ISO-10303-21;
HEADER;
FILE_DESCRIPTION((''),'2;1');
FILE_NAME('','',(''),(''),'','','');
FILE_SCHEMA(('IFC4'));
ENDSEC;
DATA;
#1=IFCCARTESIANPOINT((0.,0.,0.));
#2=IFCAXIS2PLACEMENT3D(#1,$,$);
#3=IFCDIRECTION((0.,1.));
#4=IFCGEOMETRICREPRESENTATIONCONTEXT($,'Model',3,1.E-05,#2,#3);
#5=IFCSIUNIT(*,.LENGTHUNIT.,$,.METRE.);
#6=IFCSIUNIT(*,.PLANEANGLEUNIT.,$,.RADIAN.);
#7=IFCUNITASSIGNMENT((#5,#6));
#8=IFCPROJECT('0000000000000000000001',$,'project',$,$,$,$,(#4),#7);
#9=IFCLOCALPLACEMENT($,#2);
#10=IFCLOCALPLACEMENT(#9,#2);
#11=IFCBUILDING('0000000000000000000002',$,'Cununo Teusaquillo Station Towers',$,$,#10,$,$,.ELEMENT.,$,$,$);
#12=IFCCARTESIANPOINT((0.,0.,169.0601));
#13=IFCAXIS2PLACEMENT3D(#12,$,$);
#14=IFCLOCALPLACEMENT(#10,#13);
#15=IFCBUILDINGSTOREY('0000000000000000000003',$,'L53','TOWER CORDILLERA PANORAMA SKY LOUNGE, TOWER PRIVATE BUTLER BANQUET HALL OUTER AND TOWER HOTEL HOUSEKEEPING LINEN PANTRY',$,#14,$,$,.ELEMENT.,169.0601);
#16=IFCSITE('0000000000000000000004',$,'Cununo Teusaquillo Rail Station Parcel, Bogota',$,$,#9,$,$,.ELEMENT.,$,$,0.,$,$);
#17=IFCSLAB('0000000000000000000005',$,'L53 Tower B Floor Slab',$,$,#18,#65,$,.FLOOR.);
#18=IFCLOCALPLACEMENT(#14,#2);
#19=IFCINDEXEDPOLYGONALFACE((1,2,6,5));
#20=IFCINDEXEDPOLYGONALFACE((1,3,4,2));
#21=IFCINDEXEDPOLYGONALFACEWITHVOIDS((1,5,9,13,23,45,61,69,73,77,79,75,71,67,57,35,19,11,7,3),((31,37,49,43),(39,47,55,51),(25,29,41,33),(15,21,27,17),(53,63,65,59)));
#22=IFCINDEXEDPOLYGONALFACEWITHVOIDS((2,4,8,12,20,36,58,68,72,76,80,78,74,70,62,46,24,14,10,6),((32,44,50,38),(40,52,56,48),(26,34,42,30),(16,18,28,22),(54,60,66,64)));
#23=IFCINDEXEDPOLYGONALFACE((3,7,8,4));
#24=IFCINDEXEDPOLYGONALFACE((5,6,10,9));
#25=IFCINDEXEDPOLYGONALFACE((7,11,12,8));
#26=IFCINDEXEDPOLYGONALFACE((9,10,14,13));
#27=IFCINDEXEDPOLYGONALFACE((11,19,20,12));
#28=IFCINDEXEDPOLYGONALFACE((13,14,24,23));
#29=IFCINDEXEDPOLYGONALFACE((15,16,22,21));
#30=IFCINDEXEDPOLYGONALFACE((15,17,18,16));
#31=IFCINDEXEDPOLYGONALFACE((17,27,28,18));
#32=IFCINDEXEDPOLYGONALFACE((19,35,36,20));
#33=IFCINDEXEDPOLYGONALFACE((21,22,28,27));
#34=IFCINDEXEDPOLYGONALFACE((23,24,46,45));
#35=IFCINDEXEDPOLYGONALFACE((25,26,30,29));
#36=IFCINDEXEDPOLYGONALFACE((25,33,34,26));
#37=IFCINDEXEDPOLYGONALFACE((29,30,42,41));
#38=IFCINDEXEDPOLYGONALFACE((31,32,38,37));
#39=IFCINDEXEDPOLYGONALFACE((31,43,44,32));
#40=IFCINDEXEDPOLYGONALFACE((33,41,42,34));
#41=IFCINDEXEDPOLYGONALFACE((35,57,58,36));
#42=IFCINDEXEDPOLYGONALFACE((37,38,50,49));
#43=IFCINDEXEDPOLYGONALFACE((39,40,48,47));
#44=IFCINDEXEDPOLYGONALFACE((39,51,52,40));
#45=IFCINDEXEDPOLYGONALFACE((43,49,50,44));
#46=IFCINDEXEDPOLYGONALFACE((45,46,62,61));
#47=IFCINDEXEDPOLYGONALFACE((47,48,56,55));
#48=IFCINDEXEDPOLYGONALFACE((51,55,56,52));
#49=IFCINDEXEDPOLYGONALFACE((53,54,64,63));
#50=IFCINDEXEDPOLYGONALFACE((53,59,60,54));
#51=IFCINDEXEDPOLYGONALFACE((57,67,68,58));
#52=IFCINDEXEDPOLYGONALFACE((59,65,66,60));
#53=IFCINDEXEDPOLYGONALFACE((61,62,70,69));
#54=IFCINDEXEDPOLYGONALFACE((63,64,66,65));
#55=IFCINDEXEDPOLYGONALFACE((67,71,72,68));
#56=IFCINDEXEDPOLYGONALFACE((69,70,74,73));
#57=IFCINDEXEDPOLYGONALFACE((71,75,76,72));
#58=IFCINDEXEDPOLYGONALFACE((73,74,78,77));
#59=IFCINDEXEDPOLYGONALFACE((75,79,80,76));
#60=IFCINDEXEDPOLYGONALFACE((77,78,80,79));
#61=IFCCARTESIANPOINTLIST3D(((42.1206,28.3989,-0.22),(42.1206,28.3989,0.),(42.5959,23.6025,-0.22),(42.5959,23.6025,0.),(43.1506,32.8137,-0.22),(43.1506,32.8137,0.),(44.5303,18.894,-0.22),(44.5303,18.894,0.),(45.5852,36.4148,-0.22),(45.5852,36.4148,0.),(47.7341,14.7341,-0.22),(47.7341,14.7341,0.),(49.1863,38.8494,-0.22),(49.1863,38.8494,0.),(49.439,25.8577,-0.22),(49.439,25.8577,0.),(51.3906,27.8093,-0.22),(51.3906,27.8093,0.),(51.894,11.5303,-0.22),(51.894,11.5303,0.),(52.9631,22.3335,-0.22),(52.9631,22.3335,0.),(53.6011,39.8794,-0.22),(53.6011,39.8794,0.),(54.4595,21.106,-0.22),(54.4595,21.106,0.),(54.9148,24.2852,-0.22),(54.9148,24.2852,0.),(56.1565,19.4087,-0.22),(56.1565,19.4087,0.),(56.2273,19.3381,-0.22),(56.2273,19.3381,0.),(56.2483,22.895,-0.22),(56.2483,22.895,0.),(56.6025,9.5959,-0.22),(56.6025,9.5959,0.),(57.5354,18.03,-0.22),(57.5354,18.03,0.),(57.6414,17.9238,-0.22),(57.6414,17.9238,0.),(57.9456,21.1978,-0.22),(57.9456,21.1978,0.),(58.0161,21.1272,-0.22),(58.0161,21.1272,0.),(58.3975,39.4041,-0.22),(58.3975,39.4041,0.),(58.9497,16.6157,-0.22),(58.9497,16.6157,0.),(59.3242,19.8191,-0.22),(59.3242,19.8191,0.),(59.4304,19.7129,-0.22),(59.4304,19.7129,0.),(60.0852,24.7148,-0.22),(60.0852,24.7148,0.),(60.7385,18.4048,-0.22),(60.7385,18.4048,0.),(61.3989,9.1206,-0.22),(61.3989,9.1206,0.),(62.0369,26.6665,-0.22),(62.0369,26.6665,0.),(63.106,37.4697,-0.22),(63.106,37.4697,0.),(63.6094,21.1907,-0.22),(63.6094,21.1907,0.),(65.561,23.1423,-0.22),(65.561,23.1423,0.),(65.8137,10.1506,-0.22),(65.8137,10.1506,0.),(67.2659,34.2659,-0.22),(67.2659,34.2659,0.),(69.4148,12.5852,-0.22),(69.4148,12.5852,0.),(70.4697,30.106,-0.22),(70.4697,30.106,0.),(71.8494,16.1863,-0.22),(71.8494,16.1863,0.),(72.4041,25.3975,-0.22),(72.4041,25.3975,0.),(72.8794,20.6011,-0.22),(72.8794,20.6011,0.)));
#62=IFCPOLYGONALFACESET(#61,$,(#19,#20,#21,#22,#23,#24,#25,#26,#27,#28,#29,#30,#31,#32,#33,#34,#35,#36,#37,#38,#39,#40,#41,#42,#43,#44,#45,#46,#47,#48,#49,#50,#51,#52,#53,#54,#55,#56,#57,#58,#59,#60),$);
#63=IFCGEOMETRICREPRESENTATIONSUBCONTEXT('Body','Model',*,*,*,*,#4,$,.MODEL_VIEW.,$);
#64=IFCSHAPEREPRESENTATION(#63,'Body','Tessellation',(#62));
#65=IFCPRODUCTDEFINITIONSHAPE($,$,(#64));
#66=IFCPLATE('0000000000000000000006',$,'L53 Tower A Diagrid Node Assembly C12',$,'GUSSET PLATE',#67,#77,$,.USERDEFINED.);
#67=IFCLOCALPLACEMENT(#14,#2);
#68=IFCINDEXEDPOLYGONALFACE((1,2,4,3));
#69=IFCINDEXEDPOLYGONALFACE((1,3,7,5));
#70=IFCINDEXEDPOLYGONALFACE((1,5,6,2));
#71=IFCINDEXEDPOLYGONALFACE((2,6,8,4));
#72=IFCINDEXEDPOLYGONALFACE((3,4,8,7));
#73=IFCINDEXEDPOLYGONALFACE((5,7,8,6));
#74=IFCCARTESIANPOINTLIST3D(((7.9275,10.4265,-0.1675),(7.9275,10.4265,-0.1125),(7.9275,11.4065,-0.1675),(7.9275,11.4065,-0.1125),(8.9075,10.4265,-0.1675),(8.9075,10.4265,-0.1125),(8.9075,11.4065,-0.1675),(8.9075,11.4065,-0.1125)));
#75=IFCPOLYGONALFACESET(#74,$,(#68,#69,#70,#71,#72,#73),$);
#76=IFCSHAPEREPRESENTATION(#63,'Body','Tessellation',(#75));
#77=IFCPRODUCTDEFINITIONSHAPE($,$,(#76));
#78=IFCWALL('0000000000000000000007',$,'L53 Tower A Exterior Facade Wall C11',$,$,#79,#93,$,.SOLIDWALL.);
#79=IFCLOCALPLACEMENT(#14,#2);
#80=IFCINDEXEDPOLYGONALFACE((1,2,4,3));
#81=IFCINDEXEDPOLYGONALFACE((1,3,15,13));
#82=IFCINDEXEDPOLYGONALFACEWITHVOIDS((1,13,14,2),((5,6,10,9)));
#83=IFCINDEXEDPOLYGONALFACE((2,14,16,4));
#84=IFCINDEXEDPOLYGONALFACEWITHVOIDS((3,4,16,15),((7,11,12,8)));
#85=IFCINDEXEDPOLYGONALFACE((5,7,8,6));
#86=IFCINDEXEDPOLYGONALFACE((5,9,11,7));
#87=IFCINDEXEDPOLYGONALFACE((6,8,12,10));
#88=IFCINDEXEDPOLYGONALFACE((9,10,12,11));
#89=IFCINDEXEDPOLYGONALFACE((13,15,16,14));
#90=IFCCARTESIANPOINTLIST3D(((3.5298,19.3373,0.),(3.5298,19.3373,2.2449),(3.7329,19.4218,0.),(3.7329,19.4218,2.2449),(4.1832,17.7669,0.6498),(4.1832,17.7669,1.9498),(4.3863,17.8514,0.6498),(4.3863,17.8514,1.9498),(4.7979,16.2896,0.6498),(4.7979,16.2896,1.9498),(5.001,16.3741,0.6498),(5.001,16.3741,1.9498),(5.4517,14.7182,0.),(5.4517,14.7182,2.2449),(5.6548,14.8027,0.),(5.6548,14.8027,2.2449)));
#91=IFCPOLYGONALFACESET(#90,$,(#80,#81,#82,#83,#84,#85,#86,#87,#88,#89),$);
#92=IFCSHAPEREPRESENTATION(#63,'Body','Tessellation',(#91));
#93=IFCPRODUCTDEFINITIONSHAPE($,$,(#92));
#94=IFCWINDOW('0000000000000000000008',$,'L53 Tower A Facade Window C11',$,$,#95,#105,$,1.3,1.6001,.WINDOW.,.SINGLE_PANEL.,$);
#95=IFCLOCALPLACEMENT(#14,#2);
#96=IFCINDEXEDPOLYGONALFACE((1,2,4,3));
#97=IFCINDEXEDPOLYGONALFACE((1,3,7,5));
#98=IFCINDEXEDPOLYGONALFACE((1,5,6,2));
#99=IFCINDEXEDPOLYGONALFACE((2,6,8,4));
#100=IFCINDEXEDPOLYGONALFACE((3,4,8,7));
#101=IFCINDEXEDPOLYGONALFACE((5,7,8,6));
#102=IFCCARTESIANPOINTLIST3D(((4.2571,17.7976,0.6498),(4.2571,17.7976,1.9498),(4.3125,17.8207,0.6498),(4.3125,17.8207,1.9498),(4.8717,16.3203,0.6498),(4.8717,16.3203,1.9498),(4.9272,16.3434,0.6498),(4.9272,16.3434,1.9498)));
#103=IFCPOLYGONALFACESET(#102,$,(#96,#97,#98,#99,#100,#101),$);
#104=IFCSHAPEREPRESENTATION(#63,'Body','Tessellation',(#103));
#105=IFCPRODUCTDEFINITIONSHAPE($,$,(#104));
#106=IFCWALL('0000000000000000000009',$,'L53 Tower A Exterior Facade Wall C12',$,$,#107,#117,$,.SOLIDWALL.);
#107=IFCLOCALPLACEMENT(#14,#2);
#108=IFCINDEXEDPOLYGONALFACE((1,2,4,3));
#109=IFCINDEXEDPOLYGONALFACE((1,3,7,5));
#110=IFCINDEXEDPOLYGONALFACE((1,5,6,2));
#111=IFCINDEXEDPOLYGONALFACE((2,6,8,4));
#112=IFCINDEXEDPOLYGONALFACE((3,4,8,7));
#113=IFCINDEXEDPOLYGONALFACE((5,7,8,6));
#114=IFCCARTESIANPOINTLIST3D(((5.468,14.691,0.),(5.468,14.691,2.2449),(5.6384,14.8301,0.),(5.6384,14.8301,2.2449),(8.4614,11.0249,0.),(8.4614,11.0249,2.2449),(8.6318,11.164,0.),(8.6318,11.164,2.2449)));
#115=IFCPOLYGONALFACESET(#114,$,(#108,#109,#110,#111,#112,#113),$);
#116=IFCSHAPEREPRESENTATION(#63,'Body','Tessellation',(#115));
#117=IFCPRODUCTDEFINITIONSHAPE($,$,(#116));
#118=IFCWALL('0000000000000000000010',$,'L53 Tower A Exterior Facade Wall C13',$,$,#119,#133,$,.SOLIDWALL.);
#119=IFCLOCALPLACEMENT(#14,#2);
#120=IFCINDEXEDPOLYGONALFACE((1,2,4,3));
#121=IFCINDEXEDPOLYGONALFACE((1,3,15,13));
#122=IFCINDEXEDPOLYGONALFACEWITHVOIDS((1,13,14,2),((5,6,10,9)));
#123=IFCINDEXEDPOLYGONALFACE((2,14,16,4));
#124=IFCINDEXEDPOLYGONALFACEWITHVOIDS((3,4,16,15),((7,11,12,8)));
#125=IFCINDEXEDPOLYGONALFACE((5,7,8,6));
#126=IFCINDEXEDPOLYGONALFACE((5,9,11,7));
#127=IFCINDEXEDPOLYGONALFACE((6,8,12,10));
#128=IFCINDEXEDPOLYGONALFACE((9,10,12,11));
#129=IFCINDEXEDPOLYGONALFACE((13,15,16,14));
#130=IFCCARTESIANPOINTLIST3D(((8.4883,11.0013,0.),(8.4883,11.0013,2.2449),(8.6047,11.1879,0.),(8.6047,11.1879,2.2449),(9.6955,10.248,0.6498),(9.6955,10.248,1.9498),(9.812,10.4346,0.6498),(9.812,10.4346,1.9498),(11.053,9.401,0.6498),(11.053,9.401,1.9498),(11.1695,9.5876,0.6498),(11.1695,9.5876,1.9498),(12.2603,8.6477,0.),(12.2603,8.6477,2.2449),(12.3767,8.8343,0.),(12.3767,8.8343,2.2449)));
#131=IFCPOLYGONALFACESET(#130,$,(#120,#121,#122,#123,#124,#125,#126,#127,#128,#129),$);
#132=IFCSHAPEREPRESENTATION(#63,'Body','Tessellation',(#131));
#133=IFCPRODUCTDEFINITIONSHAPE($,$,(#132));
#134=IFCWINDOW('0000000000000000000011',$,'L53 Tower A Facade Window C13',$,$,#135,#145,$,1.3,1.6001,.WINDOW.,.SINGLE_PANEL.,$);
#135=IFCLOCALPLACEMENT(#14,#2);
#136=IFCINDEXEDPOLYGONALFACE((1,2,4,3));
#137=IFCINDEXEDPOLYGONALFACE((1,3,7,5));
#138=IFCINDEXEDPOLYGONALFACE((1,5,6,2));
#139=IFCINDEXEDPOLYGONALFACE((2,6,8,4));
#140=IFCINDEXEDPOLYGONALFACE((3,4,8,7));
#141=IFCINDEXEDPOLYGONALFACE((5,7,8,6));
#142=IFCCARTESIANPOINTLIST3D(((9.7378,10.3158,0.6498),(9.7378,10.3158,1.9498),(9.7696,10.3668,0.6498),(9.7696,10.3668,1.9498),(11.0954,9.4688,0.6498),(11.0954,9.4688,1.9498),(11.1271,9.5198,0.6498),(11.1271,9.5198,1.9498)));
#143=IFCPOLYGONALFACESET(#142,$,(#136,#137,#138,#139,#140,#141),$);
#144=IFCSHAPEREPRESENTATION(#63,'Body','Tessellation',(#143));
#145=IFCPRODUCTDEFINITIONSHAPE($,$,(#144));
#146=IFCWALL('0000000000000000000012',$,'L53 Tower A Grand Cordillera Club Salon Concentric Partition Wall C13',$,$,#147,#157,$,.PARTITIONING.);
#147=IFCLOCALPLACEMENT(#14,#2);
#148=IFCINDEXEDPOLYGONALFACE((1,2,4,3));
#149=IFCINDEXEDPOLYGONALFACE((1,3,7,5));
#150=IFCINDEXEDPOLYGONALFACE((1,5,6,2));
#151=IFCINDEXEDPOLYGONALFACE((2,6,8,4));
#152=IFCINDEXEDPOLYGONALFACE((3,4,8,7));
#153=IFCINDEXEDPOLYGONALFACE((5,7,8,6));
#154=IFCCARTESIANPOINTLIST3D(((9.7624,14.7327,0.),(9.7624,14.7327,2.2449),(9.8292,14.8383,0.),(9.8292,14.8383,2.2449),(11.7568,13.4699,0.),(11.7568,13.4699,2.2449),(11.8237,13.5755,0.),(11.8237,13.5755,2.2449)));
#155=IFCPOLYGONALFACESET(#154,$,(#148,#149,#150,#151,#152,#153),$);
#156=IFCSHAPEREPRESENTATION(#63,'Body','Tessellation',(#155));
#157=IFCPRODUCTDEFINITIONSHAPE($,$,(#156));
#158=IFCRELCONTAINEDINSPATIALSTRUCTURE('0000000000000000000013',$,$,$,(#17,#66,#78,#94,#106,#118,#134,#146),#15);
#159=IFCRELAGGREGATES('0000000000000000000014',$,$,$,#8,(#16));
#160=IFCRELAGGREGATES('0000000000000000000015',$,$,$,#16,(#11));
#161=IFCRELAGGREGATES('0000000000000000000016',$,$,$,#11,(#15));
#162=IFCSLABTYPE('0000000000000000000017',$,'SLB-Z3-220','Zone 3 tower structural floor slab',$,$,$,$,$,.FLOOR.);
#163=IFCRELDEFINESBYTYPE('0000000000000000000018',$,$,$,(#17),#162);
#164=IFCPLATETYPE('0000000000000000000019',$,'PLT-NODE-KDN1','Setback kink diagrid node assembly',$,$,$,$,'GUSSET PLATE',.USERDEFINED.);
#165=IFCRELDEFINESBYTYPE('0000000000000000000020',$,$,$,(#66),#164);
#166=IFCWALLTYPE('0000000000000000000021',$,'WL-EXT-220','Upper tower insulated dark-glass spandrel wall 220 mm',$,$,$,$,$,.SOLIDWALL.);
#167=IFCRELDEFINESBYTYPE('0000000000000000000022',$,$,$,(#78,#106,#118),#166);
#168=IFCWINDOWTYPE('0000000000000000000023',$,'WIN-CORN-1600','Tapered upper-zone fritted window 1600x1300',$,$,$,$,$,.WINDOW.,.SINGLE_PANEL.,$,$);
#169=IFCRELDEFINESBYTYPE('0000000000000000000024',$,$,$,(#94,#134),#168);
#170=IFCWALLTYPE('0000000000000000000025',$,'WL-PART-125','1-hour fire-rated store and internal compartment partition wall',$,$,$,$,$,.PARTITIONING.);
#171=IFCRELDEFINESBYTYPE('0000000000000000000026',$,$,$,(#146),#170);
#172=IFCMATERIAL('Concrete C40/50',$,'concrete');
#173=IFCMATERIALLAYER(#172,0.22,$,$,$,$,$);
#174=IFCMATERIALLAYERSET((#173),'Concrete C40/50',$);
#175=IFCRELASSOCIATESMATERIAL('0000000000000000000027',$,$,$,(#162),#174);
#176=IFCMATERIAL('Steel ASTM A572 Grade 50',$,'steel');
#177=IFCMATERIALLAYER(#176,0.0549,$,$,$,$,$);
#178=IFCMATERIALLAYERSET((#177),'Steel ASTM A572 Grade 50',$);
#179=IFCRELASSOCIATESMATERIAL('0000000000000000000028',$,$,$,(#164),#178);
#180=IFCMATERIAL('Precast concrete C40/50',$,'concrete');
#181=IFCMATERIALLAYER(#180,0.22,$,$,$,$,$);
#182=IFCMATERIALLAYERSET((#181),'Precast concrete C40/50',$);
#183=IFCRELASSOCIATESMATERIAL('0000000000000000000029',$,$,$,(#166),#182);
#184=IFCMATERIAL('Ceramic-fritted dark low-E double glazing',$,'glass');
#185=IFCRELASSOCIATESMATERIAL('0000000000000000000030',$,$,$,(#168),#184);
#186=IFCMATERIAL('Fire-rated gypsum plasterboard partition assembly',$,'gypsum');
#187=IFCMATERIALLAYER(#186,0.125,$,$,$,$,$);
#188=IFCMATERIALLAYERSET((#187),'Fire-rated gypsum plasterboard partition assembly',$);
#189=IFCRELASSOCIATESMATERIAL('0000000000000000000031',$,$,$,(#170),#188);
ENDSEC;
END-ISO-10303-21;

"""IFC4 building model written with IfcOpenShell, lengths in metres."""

from ifc_helpers import new_model, si_unit, direction, frame, frame_2d, origin, origin_2d, place, context, subcontext, project, spatial, polyline, rectangle, outline, extrude, source, transform, mapped, material, layer, layer_set, type_object, element, fill, save


model = new_model("IFC4")

# Units and contexts
model_context = context("Model", 3, precision=1e-05, world=origin(), true_north=direction((0.0, 1.0)))
body_context = subcontext(model_context, "Body", "Model", "MODEL_VIEW")
ifc_project = project(units=[si_unit("LENGTHUNIT", "METRE"), si_unit("PLANEANGLEUNIT", "RADIAN")], contexts=[model_context])

# Site, building, storey
site_placement = place(None, origin())
site = spatial("IfcSite", under=ifc_project, at=site_placement, Name="Cununo Teusaquillo Rail Station Parcel, Bogota", CompositionType="ELEMENT", RefElevation=0.0)
building_placement = place(site_placement, origin())
building = spatial("IfcBuilding", under=site, at=building_placement, Name="Cununo Teusaquillo Station Towers", CompositionType="ELEMENT")
storey_placement = place(building_placement, frame((0.0, 0.0, 169.0601)))
storey = spatial("IfcBuildingStorey", under=building, at=storey_placement, Name="L53", Description="TOWER CORDILLERA PANORAMA SKY LOUNGE, TOWER PRIVATE BUTLER BANQUET HALL OUTER AND TOWER HOTEL HOUSEKEEPING LINEN PANTRY", CompositionType="ELEMENT", Elevation=169.0601)

# Slab
ifc_material_1 = material(Name="Concrete C40/50", Category="concrete")
ifc_layer_1 = layer(ifc_material_1, 0.22)
ifc_layer_set_1 = layer_set([ifc_layer_1], Name="Concrete C40/50")
slab_type_1 = type_object("IfcSlabType", Name="SLB-Z3-220", Description="Zone 3 tower structural floor slab", PredefinedType="FLOOR", material=ifc_layer_set_1)
slab_1_placement = place(storey_placement, frame((0.0, 0.0, -0.22)))
element("IfcSlab", 1, at=slab_1_placement, inside=storey, type_object=slab_type_1, Name="L53 Tower B Floor Slab", PredefinedType="FLOOR", context=body_context, shape_type="SweptSolid", body=[
    extrude(outline(polyline([(67.2659, 34.2659), (63.106, 37.4697), (58.3975, 39.4041), (53.6011, 39.8794), (49.1863, 38.8494), (45.5852, 36.4148), (43.1506, 32.8137), (42.1206, 28.3989), (42.5959, 23.6025), (44.5303, 18.894), (47.7341, 14.7341), (51.894, 11.5303), (56.6025, 9.5959), (61.3989, 9.1206), (65.8137, 10.1506), (69.4148, 12.5852), (71.8494, 16.1863), (72.8794, 20.6011), (72.4041, 25.3975), (70.4697, 30.106), (67.2659, 34.2659)]), holes=[polyline([(54.9148, 24.2852), (51.3906, 27.8093), (49.439, 25.8577), (52.9631, 22.3335), (54.9148, 24.2852)]), polyline([(60.0852, 24.7148), (63.6094, 21.1907), (65.561, 23.1423), (62.0369, 26.6665), (60.0852, 24.7148)]), polyline([(56.1565, 19.4087), (57.9456, 21.1978), (56.2483, 22.895), (54.4595, 21.106), (56.1565, 19.4087)]), polyline([(58.9497, 16.6157), (60.7385, 18.4048), (59.4304, 19.7129), (57.6414, 17.9238), (58.9497, 16.6157)]), polyline([(57.5354, 18.03), (59.3242, 19.8191), (58.0161, 21.1272), (56.2273, 19.3381), (57.5354, 18.03)])]), origin(), (0.0, 0.0, 1.0), 0.22),
])

# Plate
ifc_material_2 = material(Name="Steel ASTM A572 Grade 50", Category="steel")
ifc_layer_2 = layer(ifc_material_2, 0.0549)
ifc_layer_set_2 = layer_set([ifc_layer_2], Name="Steel ASTM A572 Grade 50")
plate_type = type_object("IfcPlateType", Name="PLT-NODE-KDN1", Description="Setback kink diagrid node assembly", ElementType="GUSSET PLATE", PredefinedType="USERDEFINED", material=ifc_layer_set_2)
shared_shape_1 = source(origin(), body_context, "Body", "SweptSolid", [
    extrude(rectangle(XDim=0.98, YDim=0.98, at=origin_2d()), origin(), (0.0, 0.0, 1.0), 0.0549),
])
plate_placement = place(storey_placement, frame((8.4175, 10.9165, -0.1675), z_axis=(0.0, 0.0, 1.0), x_axis=(1.0, 0.0, 0.0)))
element("IfcPlate", 2, at=plate_placement, inside=storey, type_object=plate_type, Name="L53 Tower A Diagrid Node Assembly C12", ObjectType="GUSSET PLATE", PredefinedType="USERDEFINED", context=body_context, shape_type="MappedRepresentation", body=[
    mapped(shared_shape_1, transform((0.0, 0.0, 0.0), x_axis=(1.0, 0.0, 0.0), y_axis=(0.0, 1.0, 0.0), z_axis=(0.0, 0.0, 1.0), scale=1.0)),
])

# Wall, opening, window
ifc_material_3 = material(Name="Precast concrete C40/50", Category="concrete")
ifc_layer_3 = layer(ifc_material_3, 0.22)
ifc_layer_set_3 = layer_set([ifc_layer_3], Name="Precast concrete C40/50")
wall_type_1 = type_object("IfcWallType", Name="WL-EXT-220", Description="Upper tower insulated dark-glass spandrel wall 220 mm", PredefinedType="SOLIDWALL", material=ifc_layer_set_3)
wall_1_placement = place(storey_placement, frame((5.5532, 14.7605, 0.0), z_axis=(0.0, 0.0, 1.0), x_axis=(-0.384144, 0.923273, 0.0)))
wall_1 = element("IfcWall", 3, at=wall_1_placement, inside=storey, type_object=wall_type_1, Name="L53 Tower A Exterior Facade Wall C11", PredefinedType="SOLIDWALL", context=body_context, shape_type="SweptSolid", body=[
    extrude(rectangle(XDim=5.0029, YDim=0.22, at=frame_2d((2.5015, 0.0))), origin(), (0.0, 0.0, 1.0), 2.2449),
])
shared_shape_2 = source(origin(), body_context, "Body", "SweptSolid", [
    extrude(rectangle(XDim=1.6001, YDim=1.3, at=frame_2d((0.8, 0.6499))), frame((0.0, 0.1199, 0.0), z_axis=(0.0, -1.0, 0.0), x_axis=(1.0, 0.0, 0.0)), (0.0, 0.0, 1.0), 0.24),
])
opening_1_placement = place(wall_1_placement, frame((1.7019, 0.0, 0.6499)))
opening_1 = element("IfcOpeningElement", 4, at=opening_1_placement, cuts=wall_1, PredefinedType="OPENING", context=body_context, shape_type="MappedRepresentation", body=[
    mapped(shared_shape_2, transform((0.0, 0.0, 0.0), x_axis=(1.0, 0.0, 0.0), y_axis=(0.0, 1.0, 0.0), z_axis=(0.0, 0.0, 1.0), scale=1.0)),
])
ifc_material_4 = material(Name="Ceramic-fritted dark low-E double glazing", Category="glass")
window_type = type_object("IfcWindowType", Name="WIN-CORN-1600", Description="Tapered upper-zone fritted window 1600x1300", PartitioningType="SINGLE_PANEL", PredefinedType="WINDOW", material=ifc_material_4)
shared_shape_3 = source(origin(), body_context, "Body", "SweptSolid", [
    extrude(rectangle(XDim=1.6001, YDim=1.3, at=frame_2d((0.8, 0.6499))), frame((0.0, 0.03, 0.0), z_axis=(0.0, -1.0, 0.0), x_axis=(1.0, 0.0, 0.0)), (0.0, 0.0, 1.0), 0.0601),
])
window_1_placement = place(opening_1_placement, origin())
window_1 = element("IfcWindow", 5, at=window_1_placement, inside=storey, type_object=window_type, Name="L53 Tower A Facade Window C11", OverallHeight=1.3, OverallWidth=1.6001, PartitioningType="SINGLE_PANEL", PredefinedType="WINDOW", context=body_context, shape_type="MappedRepresentation", body=[
    mapped(shared_shape_3, transform((0.0, 0.0, 0.0), x_axis=(1.0, 0.0, 0.0), y_axis=(0.0, 1.0, 0.0), z_axis=(0.0, 0.0, 1.0), scale=1.0)),
])
fill(opening_1, window_1)

# Wall
wall_2_placement = place(storey_placement, frame((8.5466, 11.0945, 0.0), z_axis=(0.0, 0.0, 1.0), x_axis=(-0.632471, 0.774584, 0.0)))
element("IfcWall", 6, at=wall_2_placement, inside=storey, type_object=wall_type_1, Name="L53 Tower A Exterior Facade Wall C12", PredefinedType="SOLIDWALL", context=body_context, shape_type="SweptSolid", body=[
    extrude(rectangle(XDim=4.7329, YDim=0.22, at=frame_2d((2.3665, 0.0))), origin(), (0.0, 0.0, 1.0), 2.2449),
])

# Wall, opening, window
wall_3_placement = place(storey_placement, frame((12.3186, 8.741, 0.0), z_axis=(0.0, 0.0, 1.0), x_axis=(-0.848399, 0.529357, 0.0)))
wall_3 = element("IfcWall", 7, at=wall_3_placement, inside=storey, type_object=wall_type_1, Name="L53 Tower A Exterior Facade Wall C13", PredefinedType="SOLIDWALL", context=body_context, shape_type="SweptSolid", body=[
    extrude(rectangle(XDim=4.446, YDim=0.22, at=frame_2d((2.2231, 0.0))), origin(), (0.0, 0.0, 1.0), 2.2449),
])
opening_2_placement = place(wall_3_placement, frame((1.4231, 0.0, 0.6499)))
opening_2 = element("IfcOpeningElement", 8, at=opening_2_placement, cuts=wall_3, PredefinedType="OPENING", context=body_context, shape_type="MappedRepresentation", body=[
    mapped(shared_shape_2, transform((0.0, 0.0, 0.0), x_axis=(1.0, 0.0, 0.0), y_axis=(0.0, 1.0, 0.0), z_axis=(0.0, 0.0, 1.0), scale=1.0)),
])
window_2_placement = place(opening_2_placement, origin())
window_2 = element("IfcWindow", 9, at=window_2_placement, inside=storey, type_object=window_type, Name="L53 Tower A Facade Window C13", OverallHeight=1.3, OverallWidth=1.6001, PartitioningType="SINGLE_PANEL", PredefinedType="WINDOW", context=body_context, shape_type="MappedRepresentation", body=[
    mapped(shared_shape_3, transform((0.0, 0.0, 0.0), x_axis=(1.0, 0.0, 0.0), y_axis=(0.0, 1.0, 0.0), z_axis=(0.0, 0.0, 1.0), scale=1.0)),
])
fill(opening_2, window_2)

# Wall
ifc_material_5 = material(Name="Fire-rated gypsum plasterboard partition assembly", Category="gypsum")
ifc_layer_4 = layer(ifc_material_5, 0.125)
ifc_layer_set_4 = layer_set([ifc_layer_4], Name="Fire-rated gypsum plasterboard partition assembly")
wall_type_2 = type_object("IfcWallType", Name="WL-PART-125", Description="1-hour fire-rated store and internal compartment partition wall", PredefinedType="PARTITIONING", material=ifc_layer_set_4)
wall_4_placement = place(storey_placement, frame((9.7959, 14.7854, 0.0), z_axis=(0.0, 0.0, 1.0), x_axis=(0.844899, -0.534927, 0.0)))
element("IfcWall", 10, at=wall_4_placement, inside=storey, type_object=wall_type_2, Name="L53 Tower A Grand Cordillera Club Salon Concentric Partition Wall C13", PredefinedType="PARTITIONING", context=body_context, shape_type="SweptSolid", body=[
    extrude(rectangle(XDim=2.3606, YDim=0.125, at=frame_2d((1.1802, 0.0))), origin(), (0.0, 0.0, 1.0), 2.2449),
])

save(model, "model.ifc")
